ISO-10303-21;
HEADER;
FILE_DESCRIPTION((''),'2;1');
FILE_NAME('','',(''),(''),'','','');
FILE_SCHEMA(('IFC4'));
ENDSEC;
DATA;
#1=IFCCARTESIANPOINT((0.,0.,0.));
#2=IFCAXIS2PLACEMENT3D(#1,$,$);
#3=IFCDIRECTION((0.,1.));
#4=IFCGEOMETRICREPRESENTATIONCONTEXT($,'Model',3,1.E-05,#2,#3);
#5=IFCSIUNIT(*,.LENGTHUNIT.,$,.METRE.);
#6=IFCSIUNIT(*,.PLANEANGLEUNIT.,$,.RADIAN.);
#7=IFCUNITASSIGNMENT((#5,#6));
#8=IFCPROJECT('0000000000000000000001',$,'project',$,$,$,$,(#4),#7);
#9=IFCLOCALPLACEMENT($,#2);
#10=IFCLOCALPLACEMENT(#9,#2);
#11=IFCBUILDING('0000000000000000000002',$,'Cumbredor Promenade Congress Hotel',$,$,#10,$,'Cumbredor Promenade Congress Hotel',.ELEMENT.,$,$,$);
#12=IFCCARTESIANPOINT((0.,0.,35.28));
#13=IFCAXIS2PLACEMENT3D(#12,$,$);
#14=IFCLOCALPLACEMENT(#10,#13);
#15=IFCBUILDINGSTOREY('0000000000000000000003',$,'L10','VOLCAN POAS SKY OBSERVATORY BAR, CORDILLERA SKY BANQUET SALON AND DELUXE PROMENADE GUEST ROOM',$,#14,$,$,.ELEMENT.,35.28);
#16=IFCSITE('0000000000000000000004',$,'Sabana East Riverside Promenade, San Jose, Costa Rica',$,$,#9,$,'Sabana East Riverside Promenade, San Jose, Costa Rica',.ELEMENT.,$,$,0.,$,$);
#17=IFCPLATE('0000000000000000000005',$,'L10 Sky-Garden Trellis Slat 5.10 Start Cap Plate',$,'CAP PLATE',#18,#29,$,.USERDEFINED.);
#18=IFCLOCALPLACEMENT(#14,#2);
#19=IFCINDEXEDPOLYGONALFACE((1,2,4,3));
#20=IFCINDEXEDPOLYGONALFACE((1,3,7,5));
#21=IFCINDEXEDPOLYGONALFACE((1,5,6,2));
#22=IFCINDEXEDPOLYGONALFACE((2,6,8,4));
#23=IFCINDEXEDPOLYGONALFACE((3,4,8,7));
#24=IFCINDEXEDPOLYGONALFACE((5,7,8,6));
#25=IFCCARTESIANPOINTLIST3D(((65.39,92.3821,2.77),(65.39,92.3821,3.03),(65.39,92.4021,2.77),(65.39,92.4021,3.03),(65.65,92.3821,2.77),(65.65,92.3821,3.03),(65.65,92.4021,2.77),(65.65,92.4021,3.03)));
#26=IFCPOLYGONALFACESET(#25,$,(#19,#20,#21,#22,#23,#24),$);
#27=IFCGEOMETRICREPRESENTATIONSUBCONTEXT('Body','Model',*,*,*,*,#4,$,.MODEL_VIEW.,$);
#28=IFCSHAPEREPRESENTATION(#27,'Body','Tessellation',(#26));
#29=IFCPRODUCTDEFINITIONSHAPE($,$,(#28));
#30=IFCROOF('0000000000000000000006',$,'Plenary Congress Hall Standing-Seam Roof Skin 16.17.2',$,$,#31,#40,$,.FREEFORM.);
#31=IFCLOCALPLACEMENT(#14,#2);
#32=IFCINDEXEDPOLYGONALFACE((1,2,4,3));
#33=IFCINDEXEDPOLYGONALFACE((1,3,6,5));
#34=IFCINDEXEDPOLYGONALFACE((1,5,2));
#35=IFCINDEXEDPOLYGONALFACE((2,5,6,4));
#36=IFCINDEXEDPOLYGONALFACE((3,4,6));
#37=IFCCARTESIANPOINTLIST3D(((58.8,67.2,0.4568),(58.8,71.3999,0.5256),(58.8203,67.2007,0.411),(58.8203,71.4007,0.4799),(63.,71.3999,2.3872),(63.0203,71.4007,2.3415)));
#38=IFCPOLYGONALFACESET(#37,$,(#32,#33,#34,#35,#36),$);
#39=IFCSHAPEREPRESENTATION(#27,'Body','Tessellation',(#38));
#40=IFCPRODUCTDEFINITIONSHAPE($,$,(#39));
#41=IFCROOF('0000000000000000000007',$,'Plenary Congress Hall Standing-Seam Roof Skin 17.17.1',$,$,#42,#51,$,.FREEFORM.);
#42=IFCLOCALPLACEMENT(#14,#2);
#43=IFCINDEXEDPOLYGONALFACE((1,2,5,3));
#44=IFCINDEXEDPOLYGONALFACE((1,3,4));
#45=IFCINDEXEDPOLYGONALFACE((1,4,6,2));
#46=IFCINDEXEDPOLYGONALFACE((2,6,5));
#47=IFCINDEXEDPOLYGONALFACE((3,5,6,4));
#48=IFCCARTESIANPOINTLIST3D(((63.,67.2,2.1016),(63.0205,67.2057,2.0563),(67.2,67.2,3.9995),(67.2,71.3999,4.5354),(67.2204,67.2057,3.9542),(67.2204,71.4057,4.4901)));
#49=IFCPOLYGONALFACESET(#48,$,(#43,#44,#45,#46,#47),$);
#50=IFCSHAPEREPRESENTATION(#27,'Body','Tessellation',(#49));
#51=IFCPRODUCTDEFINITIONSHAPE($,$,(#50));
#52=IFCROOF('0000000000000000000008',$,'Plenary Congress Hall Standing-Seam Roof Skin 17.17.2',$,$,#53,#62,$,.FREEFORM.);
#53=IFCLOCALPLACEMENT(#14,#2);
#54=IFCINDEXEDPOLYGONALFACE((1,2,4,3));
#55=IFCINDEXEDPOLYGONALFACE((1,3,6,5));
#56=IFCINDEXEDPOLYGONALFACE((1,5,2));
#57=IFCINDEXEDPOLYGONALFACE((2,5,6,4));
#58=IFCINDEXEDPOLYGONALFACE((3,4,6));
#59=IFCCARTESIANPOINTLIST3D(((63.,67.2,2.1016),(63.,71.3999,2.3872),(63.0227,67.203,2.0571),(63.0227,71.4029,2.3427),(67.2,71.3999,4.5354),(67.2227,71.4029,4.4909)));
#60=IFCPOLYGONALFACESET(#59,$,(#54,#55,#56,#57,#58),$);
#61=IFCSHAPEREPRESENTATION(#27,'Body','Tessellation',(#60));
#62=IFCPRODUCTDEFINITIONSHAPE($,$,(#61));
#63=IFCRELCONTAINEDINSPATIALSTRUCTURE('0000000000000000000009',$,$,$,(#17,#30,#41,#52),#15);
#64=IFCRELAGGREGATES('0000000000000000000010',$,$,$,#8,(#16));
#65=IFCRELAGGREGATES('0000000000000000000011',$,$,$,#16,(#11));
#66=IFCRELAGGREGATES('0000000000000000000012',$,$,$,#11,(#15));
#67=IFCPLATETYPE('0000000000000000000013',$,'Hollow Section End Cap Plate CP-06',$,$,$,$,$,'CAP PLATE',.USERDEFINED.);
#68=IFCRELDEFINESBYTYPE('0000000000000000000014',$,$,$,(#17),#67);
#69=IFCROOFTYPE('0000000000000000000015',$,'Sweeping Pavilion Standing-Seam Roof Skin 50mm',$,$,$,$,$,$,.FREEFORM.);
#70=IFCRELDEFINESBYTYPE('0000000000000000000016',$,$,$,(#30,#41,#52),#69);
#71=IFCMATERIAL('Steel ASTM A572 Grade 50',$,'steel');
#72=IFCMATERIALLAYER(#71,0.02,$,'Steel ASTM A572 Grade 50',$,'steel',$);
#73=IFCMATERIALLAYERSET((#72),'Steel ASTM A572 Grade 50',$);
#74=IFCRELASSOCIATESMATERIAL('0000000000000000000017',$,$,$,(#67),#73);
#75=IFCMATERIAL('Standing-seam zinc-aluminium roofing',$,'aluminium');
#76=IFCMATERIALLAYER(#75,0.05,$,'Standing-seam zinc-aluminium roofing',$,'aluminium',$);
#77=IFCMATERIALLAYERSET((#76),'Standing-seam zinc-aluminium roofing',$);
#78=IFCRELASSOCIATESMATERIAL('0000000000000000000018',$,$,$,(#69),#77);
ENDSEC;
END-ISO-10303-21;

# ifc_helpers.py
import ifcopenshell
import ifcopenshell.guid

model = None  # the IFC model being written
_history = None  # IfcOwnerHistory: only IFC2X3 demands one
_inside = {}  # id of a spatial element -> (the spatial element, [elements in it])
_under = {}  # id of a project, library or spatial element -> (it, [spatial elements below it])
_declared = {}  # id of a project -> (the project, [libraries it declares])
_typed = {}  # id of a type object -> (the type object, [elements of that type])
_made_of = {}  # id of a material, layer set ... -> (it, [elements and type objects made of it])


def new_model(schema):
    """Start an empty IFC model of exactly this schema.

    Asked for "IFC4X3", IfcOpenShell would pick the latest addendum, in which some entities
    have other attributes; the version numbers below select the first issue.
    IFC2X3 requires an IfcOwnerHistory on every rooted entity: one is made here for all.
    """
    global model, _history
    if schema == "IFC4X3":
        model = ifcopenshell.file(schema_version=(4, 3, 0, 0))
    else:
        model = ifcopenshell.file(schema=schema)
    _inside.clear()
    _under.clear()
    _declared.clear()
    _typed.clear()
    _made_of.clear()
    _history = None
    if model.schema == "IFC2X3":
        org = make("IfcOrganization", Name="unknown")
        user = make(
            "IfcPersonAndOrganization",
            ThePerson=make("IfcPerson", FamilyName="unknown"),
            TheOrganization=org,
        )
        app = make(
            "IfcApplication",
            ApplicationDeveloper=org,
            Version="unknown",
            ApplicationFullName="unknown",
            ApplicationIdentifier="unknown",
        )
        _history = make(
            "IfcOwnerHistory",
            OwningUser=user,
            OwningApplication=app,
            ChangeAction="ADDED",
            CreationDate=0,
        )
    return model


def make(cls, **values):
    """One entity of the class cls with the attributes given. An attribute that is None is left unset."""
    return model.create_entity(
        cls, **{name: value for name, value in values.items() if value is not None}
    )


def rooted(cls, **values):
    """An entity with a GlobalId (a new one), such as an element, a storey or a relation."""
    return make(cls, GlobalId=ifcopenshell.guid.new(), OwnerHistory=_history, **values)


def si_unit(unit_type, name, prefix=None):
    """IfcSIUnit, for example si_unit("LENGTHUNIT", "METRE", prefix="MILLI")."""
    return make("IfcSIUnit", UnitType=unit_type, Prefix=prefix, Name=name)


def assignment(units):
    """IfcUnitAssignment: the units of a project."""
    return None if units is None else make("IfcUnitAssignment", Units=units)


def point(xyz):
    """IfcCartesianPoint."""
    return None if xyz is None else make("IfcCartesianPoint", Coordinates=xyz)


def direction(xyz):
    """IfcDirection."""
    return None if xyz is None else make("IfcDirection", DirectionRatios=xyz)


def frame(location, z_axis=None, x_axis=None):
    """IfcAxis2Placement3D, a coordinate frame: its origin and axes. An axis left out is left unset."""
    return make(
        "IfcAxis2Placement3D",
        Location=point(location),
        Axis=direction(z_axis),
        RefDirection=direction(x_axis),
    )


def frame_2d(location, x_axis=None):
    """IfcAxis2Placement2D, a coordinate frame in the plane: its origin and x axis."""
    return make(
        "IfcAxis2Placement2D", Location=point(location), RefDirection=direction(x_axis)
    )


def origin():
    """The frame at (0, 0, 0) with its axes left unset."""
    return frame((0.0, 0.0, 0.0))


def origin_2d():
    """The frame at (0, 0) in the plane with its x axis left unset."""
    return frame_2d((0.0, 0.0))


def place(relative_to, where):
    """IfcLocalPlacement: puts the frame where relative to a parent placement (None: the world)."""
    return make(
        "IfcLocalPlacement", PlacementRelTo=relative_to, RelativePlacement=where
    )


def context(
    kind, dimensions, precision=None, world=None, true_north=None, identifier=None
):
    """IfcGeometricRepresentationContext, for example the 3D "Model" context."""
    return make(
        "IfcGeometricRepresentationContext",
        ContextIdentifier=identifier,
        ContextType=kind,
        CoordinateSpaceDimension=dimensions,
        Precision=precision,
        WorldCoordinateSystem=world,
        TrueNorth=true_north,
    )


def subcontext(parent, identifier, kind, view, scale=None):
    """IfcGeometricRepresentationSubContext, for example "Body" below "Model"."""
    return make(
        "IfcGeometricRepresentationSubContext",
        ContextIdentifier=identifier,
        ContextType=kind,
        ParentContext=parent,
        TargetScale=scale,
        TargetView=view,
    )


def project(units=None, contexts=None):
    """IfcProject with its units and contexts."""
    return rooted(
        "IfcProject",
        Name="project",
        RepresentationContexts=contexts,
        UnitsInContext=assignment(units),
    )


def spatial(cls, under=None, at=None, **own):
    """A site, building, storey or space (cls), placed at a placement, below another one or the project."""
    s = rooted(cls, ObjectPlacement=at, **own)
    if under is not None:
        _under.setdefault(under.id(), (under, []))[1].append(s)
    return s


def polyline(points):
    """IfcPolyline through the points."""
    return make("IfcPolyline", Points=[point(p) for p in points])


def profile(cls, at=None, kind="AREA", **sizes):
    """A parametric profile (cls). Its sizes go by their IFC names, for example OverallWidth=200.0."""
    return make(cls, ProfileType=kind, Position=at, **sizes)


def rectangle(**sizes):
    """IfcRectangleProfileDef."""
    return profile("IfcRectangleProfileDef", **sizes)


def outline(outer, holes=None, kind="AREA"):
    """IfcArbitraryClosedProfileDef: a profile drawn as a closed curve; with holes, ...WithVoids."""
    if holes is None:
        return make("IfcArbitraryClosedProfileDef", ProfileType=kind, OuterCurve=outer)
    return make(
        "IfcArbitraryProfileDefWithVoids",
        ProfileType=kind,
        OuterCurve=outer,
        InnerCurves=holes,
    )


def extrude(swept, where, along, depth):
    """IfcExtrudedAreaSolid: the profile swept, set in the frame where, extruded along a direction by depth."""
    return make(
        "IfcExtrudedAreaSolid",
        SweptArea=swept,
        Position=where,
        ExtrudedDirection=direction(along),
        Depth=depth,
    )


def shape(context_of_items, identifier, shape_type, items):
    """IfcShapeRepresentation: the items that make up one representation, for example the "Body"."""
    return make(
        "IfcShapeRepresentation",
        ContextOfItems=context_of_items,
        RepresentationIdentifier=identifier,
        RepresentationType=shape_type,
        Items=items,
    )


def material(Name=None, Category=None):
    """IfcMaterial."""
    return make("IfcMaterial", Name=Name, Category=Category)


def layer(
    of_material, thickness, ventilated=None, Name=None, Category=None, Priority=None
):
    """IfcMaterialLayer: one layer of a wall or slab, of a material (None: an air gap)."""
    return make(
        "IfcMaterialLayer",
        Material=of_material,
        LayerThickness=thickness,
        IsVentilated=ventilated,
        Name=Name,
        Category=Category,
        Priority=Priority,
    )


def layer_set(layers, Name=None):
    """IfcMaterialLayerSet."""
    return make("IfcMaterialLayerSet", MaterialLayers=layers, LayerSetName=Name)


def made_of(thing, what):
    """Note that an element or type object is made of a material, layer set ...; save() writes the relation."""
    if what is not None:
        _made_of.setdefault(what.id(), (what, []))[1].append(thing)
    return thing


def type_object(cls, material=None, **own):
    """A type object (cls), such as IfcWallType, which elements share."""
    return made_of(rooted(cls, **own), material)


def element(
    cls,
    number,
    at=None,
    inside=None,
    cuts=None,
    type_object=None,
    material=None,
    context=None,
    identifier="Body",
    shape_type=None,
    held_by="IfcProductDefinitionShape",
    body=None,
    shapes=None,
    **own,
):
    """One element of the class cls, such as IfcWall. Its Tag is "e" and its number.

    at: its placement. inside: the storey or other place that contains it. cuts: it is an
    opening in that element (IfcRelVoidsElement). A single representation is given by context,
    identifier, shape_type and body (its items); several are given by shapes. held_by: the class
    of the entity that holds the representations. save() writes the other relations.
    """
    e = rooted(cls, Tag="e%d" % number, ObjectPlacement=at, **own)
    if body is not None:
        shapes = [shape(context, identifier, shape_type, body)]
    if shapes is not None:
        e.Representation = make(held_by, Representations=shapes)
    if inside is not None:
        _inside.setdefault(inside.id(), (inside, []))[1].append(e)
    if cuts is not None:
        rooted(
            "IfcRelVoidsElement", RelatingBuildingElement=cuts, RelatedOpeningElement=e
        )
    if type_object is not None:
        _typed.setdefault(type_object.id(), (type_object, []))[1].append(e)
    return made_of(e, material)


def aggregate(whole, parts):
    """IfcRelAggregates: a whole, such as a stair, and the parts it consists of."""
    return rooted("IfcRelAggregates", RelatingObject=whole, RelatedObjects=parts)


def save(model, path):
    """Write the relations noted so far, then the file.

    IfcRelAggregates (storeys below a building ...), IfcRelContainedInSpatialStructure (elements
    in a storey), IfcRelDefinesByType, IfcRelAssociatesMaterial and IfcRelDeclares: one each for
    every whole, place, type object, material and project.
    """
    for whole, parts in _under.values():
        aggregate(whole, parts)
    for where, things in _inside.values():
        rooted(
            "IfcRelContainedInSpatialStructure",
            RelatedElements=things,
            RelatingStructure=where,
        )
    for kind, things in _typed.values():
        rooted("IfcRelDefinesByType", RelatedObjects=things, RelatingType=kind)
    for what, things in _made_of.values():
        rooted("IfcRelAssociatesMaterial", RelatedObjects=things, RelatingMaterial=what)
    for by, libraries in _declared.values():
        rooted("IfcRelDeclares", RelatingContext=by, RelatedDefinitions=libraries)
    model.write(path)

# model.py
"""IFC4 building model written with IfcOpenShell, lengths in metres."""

from ifc_helpers import new_model, si_unit, direction, frame, origin, origin_2d, place, context, subcontext, project, spatial, polyline, rectangle, outline, extrude, material, layer, layer_set, type_object, element, save


model = new_model("IFC4")

# Units and contexts
model_context = context("Model", 3, precision=1e-05, world=origin(), true_north=direction((0.0, 1.0)))
body_context = subcontext(model_context, "Body", "Model", "MODEL_VIEW")
ifc_project = project(units=[si_unit("LENGTHUNIT", "METRE"), si_unit("PLANEANGLEUNIT", "RADIAN")], contexts=[model_context])

# Site, building, storey
site_placement = place(None, origin())
site = spatial("IfcSite", under=ifc_project, at=site_placement, Name="Sabana East Riverside Promenade, San Jose, Costa Rica", LongName="Sabana East Riverside Promenade, San Jose, Costa Rica", CompositionType="ELEMENT", RefElevation=0.0)
building_placement = place(site_placement, origin())
building = spatial("IfcBuilding", under=site, at=building_placement, Name="Cumbredor Promenade Congress Hotel", LongName="Cumbredor Promenade Congress Hotel", CompositionType="ELEMENT")
storey_placement = place(building_placement, frame((0.0, 0.0, 35.28)))
storey = spatial("IfcBuildingStorey", under=building, at=storey_placement, Name="L10", Description="VOLCAN POAS SKY OBSERVATORY BAR, CORDILLERA SKY BANQUET SALON AND DELUXE PROMENADE GUEST ROOM", CompositionType="ELEMENT", Elevation=35.28)

# Plate
ifc_material_1 = material(Name="Steel ASTM A572 Grade 50", Category="steel")
ifc_layer_1 = layer(ifc_material_1, 0.02, Name="Steel ASTM A572 Grade 50", Category="steel")
ifc_layer_set_1 = layer_set([ifc_layer_1], Name="Steel ASTM A572 Grade 50")
plate_type_1 = type_object("IfcPlateType", Name="Hollow Section End Cap Plate CP-06", ElementType="CAP PLATE", PredefinedType="USERDEFINED", material=ifc_layer_set_1)
for number, where, z_axis, x_axis, name in (
    (1, (65.52, 92.3921, 2.77), (0.0, 0.0, 1.0), (0.0, 1.0, 0.0), "L10 Sky-Garden Trellis Slat 5.10 Start Cap Plate"),
):
    element("IfcPlate", number, at=place(storey_placement, frame(where, z_axis=z_axis, x_axis=x_axis)), inside=storey, type_object=plate_type_1, Name=name, ObjectType="CAP PLATE", PredefinedType="USERDEFINED", context=body_context, shape_type="SweptSolid", body=[
        extrude(rectangle(XDim=0.02, YDim=0.26, at=origin_2d()), origin(), (0.0, 0.0, 1.0), 0.26),
    ])

# Roofs
ifc_material_2 = material(Name="Standing-seam zinc-aluminium roofing", Category="aluminium")
ifc_layer_2 = layer(ifc_material_2, 0.05, Name="Standing-seam zinc-aluminium roofing", Category="aluminium")
ifc_layer_set_2 = layer_set([ifc_layer_2], Name="Standing-seam zinc-aluminium roofing")
roof_type = type_object("IfcRoofType", Name="Sweeping Pavilion Standing-Seam Roof Skin 50mm", PredefinedType="FREEFORM", material=ifc_layer_set_2)
roof_1_placement = place(storey_placement, frame((58.8, 67.2, 0.4568), z_axis=(-0.405171, -0.014985, 0.914118), x_axis=(0.672481, 0.672481, 0.309092)))
element("IfcRoof", 2, at=roof_1_placement, inside=storey, type_object=roof_type, Name="Plenary Congress Hall Standing-Seam Roof Skin 16.17.2", PredefinedType="FREEFORM", context=body_context, shape_type="SweptSolid", body=[
    extrude(outline(polyline([(0.0, 0.0), (6.2455, 0.0), (2.8457, 3.0897), (0.0, 0.0)])), origin(), (0.0, 0.0, -1.0), 0.05),
])
roof_2_placement = place(storey_placement, frame((63.0, 67.2, 2.1016), z_axis=(-0.409047, -0.115495, 0.905175), x_axis=(0.911273, 0.0, 0.411802)))
element("IfcRoof", 3, at=roof_2_placement, inside=storey, type_object=roof_type, Name="Plenary Congress Hall Standing-Seam Roof Skin 17.17.1", PredefinedType="FREEFORM", context=body_context, shape_type="SweptSolid", body=[
    extrude(outline(polyline([(0.0, 0.0), (4.6089, 0.0), (4.8296, 4.2282), (0.0, 0.0)])), origin(), (0.0, 0.0, -1.0), 0.05),
])
roof_3_placement = place(storey_placement, frame((63.0, 67.2, 2.1016), z_axis=(-0.454539, -0.06044, 0.888674), x_axis=(0.654306, 0.654306, 0.379165)))
element("IfcRoof", 4, at=roof_3_placement, inside=storey, type_object=roof_type, Name="Plenary Congress Hall Standing-Seam Roof Skin 17.17.2", PredefinedType="FREEFORM", context=body_context, shape_type="SweptSolid", body=[
    extrude(outline(polyline([(0.0, 0.0), (6.4189, 0.0), (2.8564, 3.0923), (0.0, 0.0)])), origin(), (0.0, 0.0, -1.0), 0.05),
])

save(model, "model.ifc")
